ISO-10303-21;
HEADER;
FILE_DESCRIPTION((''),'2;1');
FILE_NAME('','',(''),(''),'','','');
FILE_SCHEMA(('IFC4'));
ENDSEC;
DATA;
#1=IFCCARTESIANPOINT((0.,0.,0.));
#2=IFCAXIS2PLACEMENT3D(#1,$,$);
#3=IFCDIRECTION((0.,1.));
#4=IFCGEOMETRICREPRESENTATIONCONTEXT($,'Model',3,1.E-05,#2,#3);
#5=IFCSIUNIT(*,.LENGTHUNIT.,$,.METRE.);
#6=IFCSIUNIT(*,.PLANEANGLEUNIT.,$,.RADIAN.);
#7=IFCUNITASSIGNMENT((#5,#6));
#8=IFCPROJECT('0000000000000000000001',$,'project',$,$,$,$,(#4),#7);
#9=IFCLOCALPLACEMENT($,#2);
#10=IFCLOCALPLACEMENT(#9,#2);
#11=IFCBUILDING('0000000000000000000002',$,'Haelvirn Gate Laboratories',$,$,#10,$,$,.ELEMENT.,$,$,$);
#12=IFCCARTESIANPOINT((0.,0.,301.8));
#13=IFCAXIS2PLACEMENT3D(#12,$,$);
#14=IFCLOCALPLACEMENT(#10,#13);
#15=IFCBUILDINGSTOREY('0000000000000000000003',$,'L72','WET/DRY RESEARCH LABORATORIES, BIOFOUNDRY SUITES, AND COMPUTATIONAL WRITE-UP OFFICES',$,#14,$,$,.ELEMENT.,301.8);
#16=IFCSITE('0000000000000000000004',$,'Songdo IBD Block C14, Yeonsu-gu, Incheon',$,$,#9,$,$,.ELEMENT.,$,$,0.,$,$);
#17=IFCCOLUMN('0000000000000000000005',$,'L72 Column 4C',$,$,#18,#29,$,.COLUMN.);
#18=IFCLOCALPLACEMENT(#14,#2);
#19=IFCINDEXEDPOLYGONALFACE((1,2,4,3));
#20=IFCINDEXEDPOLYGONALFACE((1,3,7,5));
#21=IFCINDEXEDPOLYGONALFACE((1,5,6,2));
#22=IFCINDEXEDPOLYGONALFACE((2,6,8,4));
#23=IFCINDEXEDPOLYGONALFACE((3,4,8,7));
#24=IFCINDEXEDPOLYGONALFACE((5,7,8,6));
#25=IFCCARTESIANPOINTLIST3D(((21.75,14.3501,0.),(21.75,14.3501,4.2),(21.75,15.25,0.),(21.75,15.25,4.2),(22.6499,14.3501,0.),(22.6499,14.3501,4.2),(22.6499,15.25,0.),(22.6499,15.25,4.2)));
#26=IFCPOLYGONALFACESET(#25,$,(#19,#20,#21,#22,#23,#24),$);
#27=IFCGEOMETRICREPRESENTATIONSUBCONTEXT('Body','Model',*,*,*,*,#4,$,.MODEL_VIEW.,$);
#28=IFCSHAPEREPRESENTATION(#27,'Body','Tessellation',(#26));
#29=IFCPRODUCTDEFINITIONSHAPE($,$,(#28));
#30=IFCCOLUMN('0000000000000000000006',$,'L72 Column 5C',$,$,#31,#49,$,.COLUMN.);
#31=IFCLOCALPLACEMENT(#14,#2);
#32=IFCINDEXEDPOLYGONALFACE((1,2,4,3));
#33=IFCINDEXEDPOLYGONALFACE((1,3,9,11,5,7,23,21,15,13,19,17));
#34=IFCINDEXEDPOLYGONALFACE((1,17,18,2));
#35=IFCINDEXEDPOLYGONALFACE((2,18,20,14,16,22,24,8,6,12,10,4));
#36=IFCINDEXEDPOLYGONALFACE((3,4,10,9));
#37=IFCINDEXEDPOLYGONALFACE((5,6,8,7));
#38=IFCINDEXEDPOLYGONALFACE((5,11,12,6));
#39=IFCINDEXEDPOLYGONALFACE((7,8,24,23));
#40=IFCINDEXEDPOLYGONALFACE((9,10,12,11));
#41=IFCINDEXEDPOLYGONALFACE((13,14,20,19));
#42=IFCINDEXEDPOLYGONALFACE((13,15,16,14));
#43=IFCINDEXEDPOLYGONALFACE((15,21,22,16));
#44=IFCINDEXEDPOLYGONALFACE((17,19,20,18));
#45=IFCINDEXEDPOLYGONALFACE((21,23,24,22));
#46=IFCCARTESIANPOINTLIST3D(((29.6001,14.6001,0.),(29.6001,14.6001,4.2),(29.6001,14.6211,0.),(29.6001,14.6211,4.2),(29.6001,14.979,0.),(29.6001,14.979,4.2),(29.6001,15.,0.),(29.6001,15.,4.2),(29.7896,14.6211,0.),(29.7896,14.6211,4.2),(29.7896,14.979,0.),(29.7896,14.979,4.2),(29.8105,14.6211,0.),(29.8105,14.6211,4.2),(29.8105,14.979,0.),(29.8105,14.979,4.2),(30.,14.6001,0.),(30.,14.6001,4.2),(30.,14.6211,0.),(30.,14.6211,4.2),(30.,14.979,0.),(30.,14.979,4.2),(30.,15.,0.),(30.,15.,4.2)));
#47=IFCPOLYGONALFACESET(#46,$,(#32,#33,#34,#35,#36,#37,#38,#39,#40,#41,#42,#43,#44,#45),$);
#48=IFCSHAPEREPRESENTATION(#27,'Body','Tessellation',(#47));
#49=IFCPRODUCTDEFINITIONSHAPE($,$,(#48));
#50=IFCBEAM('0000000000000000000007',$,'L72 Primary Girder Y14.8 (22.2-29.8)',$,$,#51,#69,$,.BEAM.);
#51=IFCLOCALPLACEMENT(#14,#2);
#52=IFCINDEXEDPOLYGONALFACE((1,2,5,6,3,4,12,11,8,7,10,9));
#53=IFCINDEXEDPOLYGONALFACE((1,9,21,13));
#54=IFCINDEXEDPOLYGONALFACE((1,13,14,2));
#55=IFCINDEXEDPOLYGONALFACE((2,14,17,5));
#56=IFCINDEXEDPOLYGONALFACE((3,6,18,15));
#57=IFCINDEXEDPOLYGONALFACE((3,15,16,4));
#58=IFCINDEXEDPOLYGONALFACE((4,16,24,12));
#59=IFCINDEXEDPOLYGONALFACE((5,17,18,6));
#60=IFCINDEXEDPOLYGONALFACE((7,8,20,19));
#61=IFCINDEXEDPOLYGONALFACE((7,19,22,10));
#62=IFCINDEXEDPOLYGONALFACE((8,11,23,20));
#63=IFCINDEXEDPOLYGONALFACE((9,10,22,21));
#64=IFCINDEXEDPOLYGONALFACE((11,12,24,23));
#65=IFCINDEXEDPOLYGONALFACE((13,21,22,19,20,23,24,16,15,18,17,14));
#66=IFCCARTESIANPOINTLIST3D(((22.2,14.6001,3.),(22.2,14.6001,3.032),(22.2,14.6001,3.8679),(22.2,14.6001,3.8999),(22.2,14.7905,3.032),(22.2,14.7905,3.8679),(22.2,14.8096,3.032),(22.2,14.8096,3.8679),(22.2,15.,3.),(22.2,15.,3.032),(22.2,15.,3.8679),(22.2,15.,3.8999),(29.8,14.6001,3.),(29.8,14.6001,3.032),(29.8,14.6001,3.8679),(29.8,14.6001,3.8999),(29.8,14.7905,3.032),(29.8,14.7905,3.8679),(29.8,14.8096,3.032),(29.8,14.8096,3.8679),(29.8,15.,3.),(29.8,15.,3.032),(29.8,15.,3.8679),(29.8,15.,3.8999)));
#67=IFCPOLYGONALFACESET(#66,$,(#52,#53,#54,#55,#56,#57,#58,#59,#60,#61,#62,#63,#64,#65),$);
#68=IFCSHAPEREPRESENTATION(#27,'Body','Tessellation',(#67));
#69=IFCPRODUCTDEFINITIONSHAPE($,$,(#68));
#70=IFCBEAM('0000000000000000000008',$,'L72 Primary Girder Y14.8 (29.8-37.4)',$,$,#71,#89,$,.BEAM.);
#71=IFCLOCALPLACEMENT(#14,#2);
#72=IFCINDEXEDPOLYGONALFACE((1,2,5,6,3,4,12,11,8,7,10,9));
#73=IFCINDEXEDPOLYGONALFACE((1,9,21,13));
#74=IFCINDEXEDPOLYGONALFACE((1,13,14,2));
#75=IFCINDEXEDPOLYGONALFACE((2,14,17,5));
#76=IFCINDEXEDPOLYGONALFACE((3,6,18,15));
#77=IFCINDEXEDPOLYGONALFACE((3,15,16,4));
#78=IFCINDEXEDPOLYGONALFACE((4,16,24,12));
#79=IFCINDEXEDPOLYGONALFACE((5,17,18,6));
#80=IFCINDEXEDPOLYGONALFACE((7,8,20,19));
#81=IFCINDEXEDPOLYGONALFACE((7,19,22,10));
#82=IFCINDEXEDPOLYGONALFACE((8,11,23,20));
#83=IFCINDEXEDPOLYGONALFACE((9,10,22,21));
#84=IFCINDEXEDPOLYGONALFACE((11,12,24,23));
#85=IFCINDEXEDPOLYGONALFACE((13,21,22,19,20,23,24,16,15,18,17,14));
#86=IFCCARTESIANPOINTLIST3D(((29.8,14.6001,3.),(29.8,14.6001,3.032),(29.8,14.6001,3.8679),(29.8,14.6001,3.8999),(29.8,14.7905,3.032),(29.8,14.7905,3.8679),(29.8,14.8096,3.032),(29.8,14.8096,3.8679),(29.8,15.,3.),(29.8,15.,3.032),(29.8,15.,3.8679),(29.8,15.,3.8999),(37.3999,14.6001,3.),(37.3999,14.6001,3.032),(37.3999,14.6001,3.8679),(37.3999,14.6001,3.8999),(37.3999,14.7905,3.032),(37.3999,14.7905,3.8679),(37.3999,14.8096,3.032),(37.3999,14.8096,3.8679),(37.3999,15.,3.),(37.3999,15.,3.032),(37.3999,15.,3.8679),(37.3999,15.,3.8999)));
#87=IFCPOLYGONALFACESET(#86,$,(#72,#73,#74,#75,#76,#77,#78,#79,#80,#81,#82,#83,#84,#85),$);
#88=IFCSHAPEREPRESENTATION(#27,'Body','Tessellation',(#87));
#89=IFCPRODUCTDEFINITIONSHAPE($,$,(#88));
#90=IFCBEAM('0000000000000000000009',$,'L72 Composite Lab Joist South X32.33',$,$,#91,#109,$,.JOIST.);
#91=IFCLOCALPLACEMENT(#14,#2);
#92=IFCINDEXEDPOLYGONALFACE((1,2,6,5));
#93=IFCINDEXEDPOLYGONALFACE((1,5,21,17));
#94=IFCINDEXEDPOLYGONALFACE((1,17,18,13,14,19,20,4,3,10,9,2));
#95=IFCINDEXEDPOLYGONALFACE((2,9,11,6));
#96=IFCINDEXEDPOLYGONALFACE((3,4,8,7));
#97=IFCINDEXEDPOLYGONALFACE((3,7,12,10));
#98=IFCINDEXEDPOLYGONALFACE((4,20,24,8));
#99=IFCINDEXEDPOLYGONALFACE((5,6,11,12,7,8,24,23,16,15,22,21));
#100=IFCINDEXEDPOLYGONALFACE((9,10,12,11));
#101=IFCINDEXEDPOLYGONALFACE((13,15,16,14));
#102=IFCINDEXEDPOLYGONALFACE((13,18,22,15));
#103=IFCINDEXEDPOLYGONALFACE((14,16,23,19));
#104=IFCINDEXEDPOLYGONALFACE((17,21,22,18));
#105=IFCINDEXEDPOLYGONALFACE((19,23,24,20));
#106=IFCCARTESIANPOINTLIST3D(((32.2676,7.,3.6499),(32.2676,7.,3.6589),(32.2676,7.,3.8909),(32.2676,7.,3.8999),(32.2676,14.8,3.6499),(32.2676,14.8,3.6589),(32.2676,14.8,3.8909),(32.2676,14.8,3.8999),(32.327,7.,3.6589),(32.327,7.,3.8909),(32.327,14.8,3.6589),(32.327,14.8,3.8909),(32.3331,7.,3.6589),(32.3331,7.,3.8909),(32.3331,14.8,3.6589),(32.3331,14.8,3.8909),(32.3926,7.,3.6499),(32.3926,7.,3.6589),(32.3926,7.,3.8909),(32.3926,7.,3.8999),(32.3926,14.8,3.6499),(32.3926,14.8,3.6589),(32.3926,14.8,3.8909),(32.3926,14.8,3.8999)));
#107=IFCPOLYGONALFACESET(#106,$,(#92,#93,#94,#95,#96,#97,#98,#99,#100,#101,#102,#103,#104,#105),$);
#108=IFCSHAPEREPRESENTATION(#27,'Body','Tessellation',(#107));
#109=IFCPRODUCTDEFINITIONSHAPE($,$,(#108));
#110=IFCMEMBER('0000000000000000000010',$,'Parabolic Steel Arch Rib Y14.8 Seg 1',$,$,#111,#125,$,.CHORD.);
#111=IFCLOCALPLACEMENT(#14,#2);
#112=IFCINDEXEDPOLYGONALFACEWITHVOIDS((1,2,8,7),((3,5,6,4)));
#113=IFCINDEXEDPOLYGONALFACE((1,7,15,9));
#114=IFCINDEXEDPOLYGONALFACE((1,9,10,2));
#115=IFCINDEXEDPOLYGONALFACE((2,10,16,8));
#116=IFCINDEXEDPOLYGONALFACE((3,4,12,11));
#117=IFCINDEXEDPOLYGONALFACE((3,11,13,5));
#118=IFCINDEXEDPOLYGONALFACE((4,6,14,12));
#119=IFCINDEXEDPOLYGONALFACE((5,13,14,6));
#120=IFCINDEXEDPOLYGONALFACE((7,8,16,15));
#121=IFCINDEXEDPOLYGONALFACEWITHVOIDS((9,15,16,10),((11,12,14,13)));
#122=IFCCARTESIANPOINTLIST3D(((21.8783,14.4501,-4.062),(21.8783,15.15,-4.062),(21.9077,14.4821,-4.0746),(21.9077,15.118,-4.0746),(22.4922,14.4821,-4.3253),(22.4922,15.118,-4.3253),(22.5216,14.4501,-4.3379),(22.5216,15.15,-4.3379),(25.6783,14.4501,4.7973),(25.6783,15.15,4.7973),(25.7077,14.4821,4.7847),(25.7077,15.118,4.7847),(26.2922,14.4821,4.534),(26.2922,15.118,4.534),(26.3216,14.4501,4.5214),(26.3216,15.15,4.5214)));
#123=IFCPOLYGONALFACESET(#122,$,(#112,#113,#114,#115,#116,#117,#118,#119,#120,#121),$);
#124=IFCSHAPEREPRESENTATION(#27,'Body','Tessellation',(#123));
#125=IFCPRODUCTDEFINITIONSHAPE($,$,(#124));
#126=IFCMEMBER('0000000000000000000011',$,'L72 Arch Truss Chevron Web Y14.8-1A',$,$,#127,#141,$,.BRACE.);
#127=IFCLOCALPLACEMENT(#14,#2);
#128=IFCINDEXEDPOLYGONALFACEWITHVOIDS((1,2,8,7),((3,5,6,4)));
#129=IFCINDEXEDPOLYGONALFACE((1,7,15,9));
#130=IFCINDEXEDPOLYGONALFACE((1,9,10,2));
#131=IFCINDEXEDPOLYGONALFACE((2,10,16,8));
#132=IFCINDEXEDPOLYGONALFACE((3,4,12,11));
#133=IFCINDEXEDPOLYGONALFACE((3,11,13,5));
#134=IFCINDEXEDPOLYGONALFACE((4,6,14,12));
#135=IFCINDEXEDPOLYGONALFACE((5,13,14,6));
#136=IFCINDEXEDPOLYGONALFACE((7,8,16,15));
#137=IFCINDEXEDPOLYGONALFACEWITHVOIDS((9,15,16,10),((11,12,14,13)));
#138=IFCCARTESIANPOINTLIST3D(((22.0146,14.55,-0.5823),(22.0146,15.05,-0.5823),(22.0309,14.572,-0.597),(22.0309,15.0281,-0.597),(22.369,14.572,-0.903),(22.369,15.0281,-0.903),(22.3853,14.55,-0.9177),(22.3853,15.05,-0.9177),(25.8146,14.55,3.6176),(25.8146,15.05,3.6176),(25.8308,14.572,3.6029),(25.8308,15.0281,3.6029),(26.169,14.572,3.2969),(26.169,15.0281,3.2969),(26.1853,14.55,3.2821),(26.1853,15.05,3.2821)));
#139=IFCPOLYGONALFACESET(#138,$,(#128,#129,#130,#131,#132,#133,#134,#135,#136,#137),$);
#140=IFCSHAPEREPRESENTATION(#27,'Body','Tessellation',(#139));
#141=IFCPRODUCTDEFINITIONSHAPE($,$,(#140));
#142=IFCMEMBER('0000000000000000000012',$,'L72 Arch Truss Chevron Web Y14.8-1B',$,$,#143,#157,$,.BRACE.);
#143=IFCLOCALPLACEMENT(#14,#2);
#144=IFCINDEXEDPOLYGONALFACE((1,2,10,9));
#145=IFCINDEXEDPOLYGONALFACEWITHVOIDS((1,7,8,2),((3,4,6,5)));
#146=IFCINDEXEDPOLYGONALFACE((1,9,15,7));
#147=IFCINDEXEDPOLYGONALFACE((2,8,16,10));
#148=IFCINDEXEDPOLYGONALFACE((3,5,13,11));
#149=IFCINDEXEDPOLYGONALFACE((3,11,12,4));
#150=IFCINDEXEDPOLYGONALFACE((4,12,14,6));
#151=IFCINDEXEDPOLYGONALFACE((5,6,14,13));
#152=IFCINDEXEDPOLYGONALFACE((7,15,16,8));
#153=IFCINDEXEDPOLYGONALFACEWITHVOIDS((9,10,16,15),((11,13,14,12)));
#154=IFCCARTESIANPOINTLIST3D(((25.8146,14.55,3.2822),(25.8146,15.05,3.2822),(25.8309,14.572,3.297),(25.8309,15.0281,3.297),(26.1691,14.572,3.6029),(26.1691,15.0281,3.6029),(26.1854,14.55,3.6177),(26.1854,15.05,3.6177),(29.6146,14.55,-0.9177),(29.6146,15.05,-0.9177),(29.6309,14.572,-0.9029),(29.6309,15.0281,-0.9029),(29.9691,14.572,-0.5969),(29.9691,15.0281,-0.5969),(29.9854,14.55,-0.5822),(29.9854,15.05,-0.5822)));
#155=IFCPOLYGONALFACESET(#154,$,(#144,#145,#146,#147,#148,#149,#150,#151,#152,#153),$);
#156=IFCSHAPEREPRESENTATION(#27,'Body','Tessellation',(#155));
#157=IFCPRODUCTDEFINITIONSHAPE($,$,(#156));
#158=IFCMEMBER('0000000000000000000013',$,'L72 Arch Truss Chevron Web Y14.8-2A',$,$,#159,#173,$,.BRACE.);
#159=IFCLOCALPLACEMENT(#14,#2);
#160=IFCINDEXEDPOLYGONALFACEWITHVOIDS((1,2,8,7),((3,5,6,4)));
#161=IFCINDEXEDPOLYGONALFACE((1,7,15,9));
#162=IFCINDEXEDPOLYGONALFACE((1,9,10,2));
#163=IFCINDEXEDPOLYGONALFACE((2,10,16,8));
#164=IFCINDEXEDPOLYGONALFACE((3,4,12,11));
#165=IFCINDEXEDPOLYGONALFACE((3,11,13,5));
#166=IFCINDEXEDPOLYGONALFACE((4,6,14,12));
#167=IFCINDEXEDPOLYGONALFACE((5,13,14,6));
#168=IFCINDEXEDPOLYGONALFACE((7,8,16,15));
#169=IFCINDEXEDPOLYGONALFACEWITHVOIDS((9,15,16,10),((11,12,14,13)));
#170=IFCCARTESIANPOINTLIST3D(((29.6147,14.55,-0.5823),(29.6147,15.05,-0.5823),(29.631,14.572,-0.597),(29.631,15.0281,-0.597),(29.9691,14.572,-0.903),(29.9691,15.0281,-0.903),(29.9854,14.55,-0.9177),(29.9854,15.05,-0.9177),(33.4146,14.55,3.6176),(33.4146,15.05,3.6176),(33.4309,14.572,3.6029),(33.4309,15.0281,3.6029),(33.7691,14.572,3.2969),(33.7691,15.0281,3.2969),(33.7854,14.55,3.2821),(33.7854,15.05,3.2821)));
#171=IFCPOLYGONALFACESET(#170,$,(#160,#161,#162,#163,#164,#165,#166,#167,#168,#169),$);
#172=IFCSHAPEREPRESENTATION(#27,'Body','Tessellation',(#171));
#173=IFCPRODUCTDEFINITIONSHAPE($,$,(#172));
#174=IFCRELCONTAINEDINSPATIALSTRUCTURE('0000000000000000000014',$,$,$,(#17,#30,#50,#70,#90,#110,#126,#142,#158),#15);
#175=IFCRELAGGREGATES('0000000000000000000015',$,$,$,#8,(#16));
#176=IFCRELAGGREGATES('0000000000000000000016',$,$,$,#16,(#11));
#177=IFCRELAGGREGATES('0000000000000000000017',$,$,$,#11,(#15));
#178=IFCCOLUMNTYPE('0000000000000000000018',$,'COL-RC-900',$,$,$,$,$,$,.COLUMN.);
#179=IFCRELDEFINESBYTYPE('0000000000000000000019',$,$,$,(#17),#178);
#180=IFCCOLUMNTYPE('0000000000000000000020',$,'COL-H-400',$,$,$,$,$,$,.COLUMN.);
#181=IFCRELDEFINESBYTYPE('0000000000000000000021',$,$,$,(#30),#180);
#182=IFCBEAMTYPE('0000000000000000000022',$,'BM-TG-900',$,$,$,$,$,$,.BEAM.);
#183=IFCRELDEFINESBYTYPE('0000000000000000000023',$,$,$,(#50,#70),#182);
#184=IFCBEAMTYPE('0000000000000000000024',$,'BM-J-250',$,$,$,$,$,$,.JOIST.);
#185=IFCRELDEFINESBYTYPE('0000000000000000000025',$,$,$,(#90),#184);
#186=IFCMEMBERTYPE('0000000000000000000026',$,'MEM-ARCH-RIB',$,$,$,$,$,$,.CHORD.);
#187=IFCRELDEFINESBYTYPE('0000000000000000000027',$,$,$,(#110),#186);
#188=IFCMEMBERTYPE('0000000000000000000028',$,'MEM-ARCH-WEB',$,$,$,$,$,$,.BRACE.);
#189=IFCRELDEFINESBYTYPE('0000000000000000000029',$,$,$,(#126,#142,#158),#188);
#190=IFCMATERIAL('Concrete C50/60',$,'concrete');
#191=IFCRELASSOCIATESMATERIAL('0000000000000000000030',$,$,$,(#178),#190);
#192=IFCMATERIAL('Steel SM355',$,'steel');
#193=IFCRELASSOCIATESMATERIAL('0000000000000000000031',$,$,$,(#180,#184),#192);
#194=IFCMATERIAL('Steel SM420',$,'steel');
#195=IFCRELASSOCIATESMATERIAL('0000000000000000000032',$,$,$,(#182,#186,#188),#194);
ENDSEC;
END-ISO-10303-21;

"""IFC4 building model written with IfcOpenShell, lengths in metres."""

from ifc_helpers import new_model, si_unit, direction, frame, origin, origin_2d, place, context, subcontext, project, spatial, rectangle, hollow_rectangle, i_section, extrude, source, transform, mapped, material, material_profile, profile_set, type_object, type_shapes, element, save


model = new_model("IFC4")

# Units and contexts
model_context = context("Model", 3, precision=1e-05, world=origin(), true_north=direction((0.0, 1.0)))
body_context = subcontext(model_context, "Body", "Model", "MODEL_VIEW")
ifc_project = project(units=[si_unit("LENGTHUNIT", "METRE"), si_unit("PLANEANGLEUNIT", "RADIAN")], contexts=[model_context])

# Site, building, storey
site_placement = place(None, origin())
site = spatial("IfcSite", under=ifc_project, at=site_placement, Name="Songdo IBD Block C14, Yeonsu-gu, Incheon", CompositionType="ELEMENT", RefElevation=0.0)
building_placement = place(site_placement, origin())
building = spatial("IfcBuilding", under=site, at=building_placement, Name="Haelvirn Gate Laboratories", CompositionType="ELEMENT")
storey_placement = place(building_placement, frame((0.0, 0.0, 301.8)))
storey = spatial("IfcBuildingStorey", under=building, at=storey_placement, Name="L72", Description="WET/DRY RESEARCH LABORATORIES, BIOFOUNDRY SUITES, AND COMPUTATIONAL WRITE-UP OFFICES", CompositionType="ELEMENT", Elevation=301.8)

# Columns
ifc_material_1 = material(Name="Concrete C50/60", Category="concrete")
ifc_material_profile_1 = material_profile(ifc_material_1, rectangle(XDim=0.8999, YDim=0.8999, at=origin_2d()), Name="RC-900x900")
ifc_profile_set_1 = profile_set([ifc_material_profile_1], Name="Concrete C50/60")
column_type_1 = type_object("IfcColumnType", Name="COL-RC-900", PredefinedType="COLUMN", material=ifc_profile_set_1)
shared_shape_1 = source(origin(), body_context, "Body", "SweptSolid", [
    extrude(rectangle(XDim=0.8999, YDim=0.8999, at=origin_2d()), origin(), (0.0, 0.0, 1.0), 4.2),
])
type_shapes(column_type_1, [shared_shape_1])
column_1_placement = place(storey_placement, frame((22.2, 14.8, 0.0), z_axis=(0.0, 0.0, 1.0), x_axis=(1.0, 0.0, 0.0)))
element("IfcColumn", 1, at=column_1_placement, inside=storey, type_object=column_type_1, Name="L72 Column 4C", PredefinedType="COLUMN", context=body_context, shape_type="MappedRepresentation", body=[
    mapped(shared_shape_1, transform((0.0, 0.0, 0.0), scale=1.0)),
])
ifc_material_2 = material(Name="Steel SM355", Category="steel")
ifc_material_profile_2 = material_profile(ifc_material_2, i_section(OverallWidth=0.3999, OverallDepth=0.3999, WebThickness=0.021, FlangeThickness=0.021, at=origin_2d()), Name="H-400x400x21x21")
ifc_profile_set_2 = profile_set([ifc_material_profile_2], Name="Steel SM355")
column_type_2 = type_object("IfcColumnType", Name="COL-H-400", PredefinedType="COLUMN", material=ifc_profile_set_2)
shared_shape_2 = source(origin(), body_context, "Body", "SweptSolid", [
    extrude(i_section(OverallWidth=0.3999, OverallDepth=0.3999, WebThickness=0.021, FlangeThickness=0.021, at=origin_2d()), origin(), (0.0, 0.0, 1.0), 4.2),
])
type_shapes(column_type_2, [shared_shape_2])
column_2_placement = place(storey_placement, frame((29.8, 14.8, 0.0), z_axis=(0.0, 0.0, 1.0), x_axis=(1.0, 0.0, 0.0)))
element("IfcColumn", 2, at=column_2_placement, inside=storey, type_object=column_type_2, Name="L72 Column 5C", PredefinedType="COLUMN", context=body_context, shape_type="MappedRepresentation", body=[
    mapped(shared_shape_2, transform((0.0, 0.0, 0.0), scale=1.0)),
])

# Beams
ifc_material_3 = material(Name="Steel SM420", Category="steel")
ifc_material_profile_3 = material_profile(ifc_material_3, i_section(OverallWidth=0.3999, OverallDepth=0.8999, WebThickness=0.019, FlangeThickness=0.032, at=origin_2d()), Name="H-900x400x19x32")
ifc_profile_set_3 = profile_set([ifc_material_profile_3], Name="Steel SM420")
beam_type_1 = type_object("IfcBeamType", Name="BM-TG-900", PredefinedType="BEAM", material=ifc_profile_set_3)
shared_shape_3 = source(origin(), body_context, "Body", "SweptSolid", [
    extrude(i_section(OverallWidth=0.3999, OverallDepth=0.8999, WebThickness=0.019, FlangeThickness=0.032, at=origin_2d()), origin(), (0.0, 0.0, 1.0), 7.6001),
])
beam_1_placement = place(storey_placement, frame((22.2, 14.8, 3.45), z_axis=(1.0, 0.0, 0.0), x_axis=(0.0, 1.0, 0.0)))
element("IfcBeam", 3, at=beam_1_placement, inside=storey, type_object=beam_type_1, Name="L72 Primary Girder Y14.8 (22.2-29.8)", PredefinedType="BEAM", context=body_context, shape_type="MappedRepresentation", body=[
    mapped(shared_shape_3, transform((0.0, 0.0, 0.0), scale=1.0)),
])
shared_shape_4 = source(origin(), body_context, "Body", "SweptSolid", [
    extrude(i_section(OverallWidth=0.3999, OverallDepth=0.8999, WebThickness=0.019, FlangeThickness=0.032, at=origin_2d()), origin(), (0.0, 0.0, 1.0), 7.5999),
])
type_shapes(beam_type_1, [shared_shape_3, shared_shape_4])
beam_2_placement = place(storey_placement, frame((29.8, 14.8, 3.45), z_axis=(1.0, 0.0, 0.0), x_axis=(0.0, 1.0, 0.0)))
element("IfcBeam", 4, at=beam_2_placement, inside=storey, type_object=beam_type_1, Name="L72 Primary Girder Y14.8 (29.8-37.4)", PredefinedType="BEAM", context=body_context, shape_type="MappedRepresentation", body=[
    mapped(shared_shape_4, transform((0.0, 0.0, 0.0), scale=1.0)),
])
ifc_material_profile_4 = material_profile(ifc_material_2, i_section(OverallWidth=0.125, OverallDepth=0.25, WebThickness=0.0061, FlangeThickness=0.009, at=origin_2d()), Name="H-250x125x6x9")
ifc_profile_set_4 = profile_set([ifc_material_profile_4], Name="Steel SM355")
beam_type_2 = type_object("IfcBeamType", Name="BM-J-250", PredefinedType="JOIST", material=ifc_profile_set_4)
shared_shape_5 = source(origin(), body_context, "Body", "SweptSolid", [
    extrude(i_section(OverallWidth=0.125, OverallDepth=0.25, WebThickness=0.0061, FlangeThickness=0.009, at=origin_2d()), origin(), (0.0, 0.0, 1.0), 7.8),
])
type_shapes(beam_type_2, [shared_shape_5])
beam_3_placement = place(storey_placement, frame((32.3301, 7.0, 3.7749), z_axis=(0.0, 1.0, 0.0), x_axis=(-1.0, 0.0, 0.0)))
element("IfcBeam", 5, at=beam_3_placement, inside=storey, type_object=beam_type_2, Name="L72 Composite Lab Joist South X32.33", PredefinedType="JOIST", context=body_context, shape_type="MappedRepresentation", body=[
    mapped(shared_shape_5, transform((0.0, 0.0, 0.0), scale=1.0)),
])

# Members
ifc_material_profile_5 = material_profile(ifc_material_3, hollow_rectangle(XDim=0.7, YDim=0.7, WallThickness=0.032, at=origin_2d()), Name="BOX-700x700x32")
ifc_profile_set_5 = profile_set([ifc_material_profile_5], Name="Steel SM420")
member_type_1 = type_object("IfcMemberType", Name="MEM-ARCH-RIB", PredefinedType="CHORD", material=ifc_profile_set_5)
shared_shape_6 = source(origin(), body_context, "Body", "SweptSolid", [
    extrude(hollow_rectangle(XDim=0.7, YDim=0.7, WallThickness=0.032, at=origin_2d()), origin(), (0.0, 0.0, 1.0), 9.6399),
])
type_shapes(member_type_1, [shared_shape_6])
member_placement = place(storey_placement, frame((22.2, 14.8, -4.2), z_axis=(0.394197, 0.0, 0.919026), x_axis=(0.0, 1.0, 0.0)))
element("IfcMember", 6, at=member_placement, inside=storey, type_object=member_type_1, Name="Parabolic Steel Arch Rib Y14.8 Seg 1", PredefinedType="CHORD", context=body_context, shape_type="MappedRepresentation", body=[
    mapped(shared_shape_6, transform((0.0, 0.0, 0.0), scale=1.0)),
])
ifc_material_profile_6 = material_profile(ifc_material_3, hollow_rectangle(XDim=0.5, YDim=0.5, WallThickness=0.022, at=origin_2d()), Name="BOX-500x500x22")
ifc_profile_set_6 = profile_set([ifc_material_profile_6], Name="Steel SM420")
member_type_2 = type_object("IfcMemberType", Name="MEM-ARCH-WEB", PredefinedType="BRACE", material=ifc_profile_set_6)
shared_shape_7 = source(origin(), body_context, "Body", "SweptSolid", [
    extrude(hollow_rectangle(XDim=0.5, YDim=0.5, WallThickness=0.022, at=origin_2d()), origin(), (0.0, 0.0, 1.0), 5.6638),
])
type_shapes(member_type_2, [shared_shape_7])
for number, where, z_axis, x_axis, name in (
    (7, (22.2, 14.8, -0.75), (0.670922, 0.0, 0.741528), (0.0, 1.0, 0.0), "L72 Arch Truss Chevron Web Y14.8-1A"),
    (8, (26.0, 14.8, 3.45), (0.670922, 0.0, -0.741528), (0.0, 1.0, 0.0), "L72 Arch Truss Chevron Web Y14.8-1B"),
    (9, (29.8, 14.8, -0.75), (0.670922, 0.0, 0.741528), (0.0, 1.0, 0.0), "L72 Arch Truss Chevron Web Y14.8-2A"),
):
    element("IfcMember", number, at=place(storey_placement, frame(where, z_axis=z_axis, x_axis=x_axis)), inside=storey, type_object=member_type_2, Name=name, PredefinedType="BRACE", context=body_context, shape_type="MappedRepresentation", body=[
        mapped(shared_shape_7, transform((0.0, 0.0, 0.0), scale=1.0)),
    ])

save(model, "model.ifc")
